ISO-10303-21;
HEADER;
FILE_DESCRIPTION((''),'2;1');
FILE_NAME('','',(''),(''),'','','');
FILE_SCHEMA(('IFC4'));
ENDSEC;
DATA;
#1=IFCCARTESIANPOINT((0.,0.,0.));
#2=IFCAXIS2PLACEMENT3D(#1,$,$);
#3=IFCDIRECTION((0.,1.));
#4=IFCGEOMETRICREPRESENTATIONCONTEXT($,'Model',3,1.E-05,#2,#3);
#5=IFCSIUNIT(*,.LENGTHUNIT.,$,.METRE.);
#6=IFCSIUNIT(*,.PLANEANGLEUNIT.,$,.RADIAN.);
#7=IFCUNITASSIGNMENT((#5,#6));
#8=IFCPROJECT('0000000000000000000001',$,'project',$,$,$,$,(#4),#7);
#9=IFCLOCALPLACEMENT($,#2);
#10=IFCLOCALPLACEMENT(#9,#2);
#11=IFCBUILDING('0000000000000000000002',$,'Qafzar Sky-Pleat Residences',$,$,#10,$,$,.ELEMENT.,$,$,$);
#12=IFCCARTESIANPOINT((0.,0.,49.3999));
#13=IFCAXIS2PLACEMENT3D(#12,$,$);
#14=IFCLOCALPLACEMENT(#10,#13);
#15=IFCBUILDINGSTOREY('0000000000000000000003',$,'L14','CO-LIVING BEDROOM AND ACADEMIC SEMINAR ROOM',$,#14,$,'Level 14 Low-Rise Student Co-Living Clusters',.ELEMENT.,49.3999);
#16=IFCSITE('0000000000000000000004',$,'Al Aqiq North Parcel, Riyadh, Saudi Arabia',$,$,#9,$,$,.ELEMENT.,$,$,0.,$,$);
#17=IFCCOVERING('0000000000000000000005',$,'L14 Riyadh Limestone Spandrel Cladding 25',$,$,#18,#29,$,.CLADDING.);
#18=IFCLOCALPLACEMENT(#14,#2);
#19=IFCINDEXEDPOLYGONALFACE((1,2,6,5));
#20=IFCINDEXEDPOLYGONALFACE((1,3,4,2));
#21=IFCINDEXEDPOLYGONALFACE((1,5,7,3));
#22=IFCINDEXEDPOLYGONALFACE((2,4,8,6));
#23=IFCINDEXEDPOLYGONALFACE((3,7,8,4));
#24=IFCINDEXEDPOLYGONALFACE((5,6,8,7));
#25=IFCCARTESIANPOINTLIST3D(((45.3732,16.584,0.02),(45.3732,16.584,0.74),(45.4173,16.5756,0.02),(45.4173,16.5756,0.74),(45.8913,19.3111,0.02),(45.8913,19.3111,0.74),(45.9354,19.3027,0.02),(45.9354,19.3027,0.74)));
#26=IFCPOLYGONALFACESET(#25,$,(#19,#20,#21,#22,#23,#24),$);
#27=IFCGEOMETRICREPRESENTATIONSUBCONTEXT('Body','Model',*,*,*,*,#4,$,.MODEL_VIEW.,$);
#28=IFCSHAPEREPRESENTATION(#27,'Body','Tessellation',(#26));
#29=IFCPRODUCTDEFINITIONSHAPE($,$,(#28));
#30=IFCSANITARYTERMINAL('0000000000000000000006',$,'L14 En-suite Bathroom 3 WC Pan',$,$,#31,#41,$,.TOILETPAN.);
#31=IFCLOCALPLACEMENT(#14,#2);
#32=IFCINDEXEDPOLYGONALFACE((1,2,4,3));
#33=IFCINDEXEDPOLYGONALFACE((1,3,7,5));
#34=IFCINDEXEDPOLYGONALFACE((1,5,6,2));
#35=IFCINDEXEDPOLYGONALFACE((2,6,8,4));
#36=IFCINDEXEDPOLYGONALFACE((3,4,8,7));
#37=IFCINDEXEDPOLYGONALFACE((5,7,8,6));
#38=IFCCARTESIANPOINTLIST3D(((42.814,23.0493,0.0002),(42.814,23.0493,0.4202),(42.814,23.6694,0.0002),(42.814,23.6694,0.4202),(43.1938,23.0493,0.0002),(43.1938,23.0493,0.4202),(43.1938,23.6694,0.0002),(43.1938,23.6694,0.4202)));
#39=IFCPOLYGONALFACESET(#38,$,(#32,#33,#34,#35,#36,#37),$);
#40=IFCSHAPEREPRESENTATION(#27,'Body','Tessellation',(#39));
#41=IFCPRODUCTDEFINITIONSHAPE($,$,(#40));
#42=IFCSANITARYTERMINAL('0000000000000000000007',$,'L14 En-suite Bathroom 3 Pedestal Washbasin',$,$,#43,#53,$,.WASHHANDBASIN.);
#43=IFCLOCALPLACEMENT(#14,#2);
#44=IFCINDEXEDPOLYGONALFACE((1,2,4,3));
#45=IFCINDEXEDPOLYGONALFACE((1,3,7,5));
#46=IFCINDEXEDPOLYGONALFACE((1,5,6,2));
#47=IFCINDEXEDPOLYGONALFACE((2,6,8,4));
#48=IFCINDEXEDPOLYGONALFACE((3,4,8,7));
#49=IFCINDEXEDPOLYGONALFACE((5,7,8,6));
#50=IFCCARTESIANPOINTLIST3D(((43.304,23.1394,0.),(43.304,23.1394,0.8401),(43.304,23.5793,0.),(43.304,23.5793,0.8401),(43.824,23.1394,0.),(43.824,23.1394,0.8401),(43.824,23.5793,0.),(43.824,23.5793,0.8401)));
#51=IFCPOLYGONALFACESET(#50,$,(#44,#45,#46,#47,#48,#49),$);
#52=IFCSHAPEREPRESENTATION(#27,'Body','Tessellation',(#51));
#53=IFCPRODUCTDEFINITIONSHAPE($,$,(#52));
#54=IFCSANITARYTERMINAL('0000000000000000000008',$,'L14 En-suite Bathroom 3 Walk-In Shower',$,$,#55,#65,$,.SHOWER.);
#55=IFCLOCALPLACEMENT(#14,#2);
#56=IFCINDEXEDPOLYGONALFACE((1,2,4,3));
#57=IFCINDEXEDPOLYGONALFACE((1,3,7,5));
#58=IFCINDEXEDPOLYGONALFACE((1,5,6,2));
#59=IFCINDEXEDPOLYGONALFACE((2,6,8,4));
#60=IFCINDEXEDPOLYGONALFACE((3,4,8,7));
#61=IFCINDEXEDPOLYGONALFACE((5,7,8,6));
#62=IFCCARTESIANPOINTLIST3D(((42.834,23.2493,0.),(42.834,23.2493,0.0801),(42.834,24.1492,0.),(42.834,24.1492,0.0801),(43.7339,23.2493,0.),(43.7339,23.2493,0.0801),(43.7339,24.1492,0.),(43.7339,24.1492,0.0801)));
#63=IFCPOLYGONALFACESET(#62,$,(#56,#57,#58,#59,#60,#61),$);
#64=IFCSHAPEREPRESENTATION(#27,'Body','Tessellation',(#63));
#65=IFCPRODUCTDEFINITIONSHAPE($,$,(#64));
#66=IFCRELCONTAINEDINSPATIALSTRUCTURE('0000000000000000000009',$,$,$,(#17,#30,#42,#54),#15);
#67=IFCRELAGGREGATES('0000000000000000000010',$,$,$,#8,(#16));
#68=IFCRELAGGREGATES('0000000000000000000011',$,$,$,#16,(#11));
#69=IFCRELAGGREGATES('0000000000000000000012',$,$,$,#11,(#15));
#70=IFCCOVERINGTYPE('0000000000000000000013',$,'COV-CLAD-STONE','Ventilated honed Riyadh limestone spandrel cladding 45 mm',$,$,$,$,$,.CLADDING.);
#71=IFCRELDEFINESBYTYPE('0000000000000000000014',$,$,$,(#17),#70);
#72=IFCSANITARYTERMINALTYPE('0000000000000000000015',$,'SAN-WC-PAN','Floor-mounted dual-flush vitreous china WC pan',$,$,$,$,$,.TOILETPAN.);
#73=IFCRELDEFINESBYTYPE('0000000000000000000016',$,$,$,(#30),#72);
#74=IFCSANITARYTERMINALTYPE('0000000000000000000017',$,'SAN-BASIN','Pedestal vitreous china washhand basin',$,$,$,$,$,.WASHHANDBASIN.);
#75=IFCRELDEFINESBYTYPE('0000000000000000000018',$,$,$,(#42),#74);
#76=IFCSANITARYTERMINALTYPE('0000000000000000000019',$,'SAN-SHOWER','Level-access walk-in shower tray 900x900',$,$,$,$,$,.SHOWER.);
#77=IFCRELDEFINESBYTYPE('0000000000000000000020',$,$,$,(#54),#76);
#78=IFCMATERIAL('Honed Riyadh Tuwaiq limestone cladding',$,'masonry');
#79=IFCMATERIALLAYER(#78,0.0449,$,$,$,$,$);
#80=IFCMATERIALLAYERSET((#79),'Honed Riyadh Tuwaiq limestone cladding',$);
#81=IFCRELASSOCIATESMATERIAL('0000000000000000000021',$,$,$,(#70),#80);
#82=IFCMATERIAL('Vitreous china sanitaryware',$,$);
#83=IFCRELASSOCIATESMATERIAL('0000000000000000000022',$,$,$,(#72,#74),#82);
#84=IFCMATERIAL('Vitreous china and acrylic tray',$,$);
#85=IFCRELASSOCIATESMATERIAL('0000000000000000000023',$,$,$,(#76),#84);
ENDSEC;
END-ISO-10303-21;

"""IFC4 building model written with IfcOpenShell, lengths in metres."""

from ifc_helpers import new_model, si_unit, direction, frame, origin, origin_2d, place, context, subcontext, project, spatial, rectangle, extrude, source, transform, mapped, material, layer, layer_set, type_object, element, save


model = new_model("IFC4")

# Units and contexts
model_context = context("Model", 3, precision=1e-05, world=origin(), true_north=direction((0.0, 1.0)))
body_context = subcontext(model_context, "Body", "Model", "MODEL_VIEW")
ifc_project = project(units=[si_unit("LENGTHUNIT", "METRE"), si_unit("PLANEANGLEUNIT", "RADIAN")], contexts=[model_context])

# Site, building, storey
site_placement = place(None, origin())
site = spatial("IfcSite", under=ifc_project, at=site_placement, Name="Al Aqiq North Parcel, Riyadh, Saudi Arabia", CompositionType="ELEMENT", RefElevation=0.0)
building_placement = place(site_placement, origin())
building = spatial("IfcBuilding", under=site, at=building_placement, Name="Qafzar Sky-Pleat Residences", CompositionType="ELEMENT")
storey_placement = place(building_placement, frame((0.0, 0.0, 49.3999)))
storey = spatial("IfcBuildingStorey", under=building, at=storey_placement, Name="L14", Description="CO-LIVING BEDROOM AND ACADEMIC SEMINAR ROOM", LongName="Level 14 Low-Rise Student Co-Living Clusters", CompositionType="ELEMENT", Elevation=49.3999)

# Covering
ifc_material_1 = material(Name="Honed Riyadh Tuwaiq limestone cladding", Category="masonry")
ifc_layer_1 = layer(ifc_material_1, 0.0449)
ifc_layer_set_1 = layer_set([ifc_layer_1], Name="Honed Riyadh Tuwaiq limestone cladding")
covering_type = type_object("IfcCoveringType", Name="COV-CLAD-STONE", Description="Ventilated honed Riyadh limestone spandrel cladding 45 mm", PredefinedType="CLADDING", material=ifc_layer_set_1)
shared_shape_1 = source(origin(), body_context, "Body", "SweptSolid", [
    extrude(rectangle(XDim=2.7759, YDim=0.0449, at=origin_2d()), origin(), (0.0, 0.0, 1.0), 0.72),
])
covering_placement = place(storey_placement, frame((45.6543, 17.9434, 0.02), z_axis=(0.0, 0.0, 1.0), x_axis=(0.186661, 0.982424, 0.0)))
element("IfcCovering", 1, at=covering_placement, inside=storey, type_object=covering_type, Name="L14 Riyadh Limestone Spandrel Cladding 25", PredefinedType="CLADDING", context=body_context, shape_type="MappedRepresentation", body=[
    mapped(shared_shape_1, transform((0.0, 0.0, 0.0), x_axis=(1.0, 0.0, 0.0), y_axis=(0.0, 1.0, 0.0), z_axis=(0.0, 0.0, 1.0), scale=1.0)),
])

# Sanitary terminals
ifc_material_2 = material(Name="Vitreous china sanitaryware")
sanitary_terminal_type_1 = type_object("IfcSanitaryTerminalType", Name="SAN-WC-PAN", Description="Floor-mounted dual-flush vitreous china WC pan", PredefinedType="TOILETPAN", material=ifc_material_2)
shared_shape_2 = source(origin(), body_context, "Body", "SweptSolid", [
    extrude(rectangle(XDim=0.3799, YDim=0.6201, at=origin_2d()), origin(), (0.0, 0.0, 1.0), 0.4199),
])
sanitary_terminal_1_placement = place(storey_placement, frame((43.0039, 23.3594, 0.0002), z_axis=(0.0, 0.0, 1.0), x_axis=(1.0, 0.0, 0.0)))
element("IfcSanitaryTerminal", 2, at=sanitary_terminal_1_placement, inside=storey, type_object=sanitary_terminal_type_1, Name="L14 En-suite Bathroom 3 WC Pan", PredefinedType="TOILETPAN", context=body_context, shape_type="MappedRepresentation", body=[
    mapped(shared_shape_2, transform((0.0, 0.0, 0.0), x_axis=(1.0, 0.0, 0.0), y_axis=(0.0, 1.0, 0.0), z_axis=(0.0, 0.0, 1.0), scale=1.0)),
])
sanitary_terminal_type_2 = type_object("IfcSanitaryTerminalType", Name="SAN-BASIN", Description="Pedestal vitreous china washhand basin", PredefinedType="WASHHANDBASIN", material=ifc_material_2)
shared_shape_3 = source(origin(), body_context, "Body", "SweptSolid", [
    extrude(rectangle(XDim=0.52, YDim=0.4399, at=origin_2d()), origin(), (0.0, 0.0, 1.0), 0.8401),
])
sanitary_terminal_2_placement = place(storey_placement, frame((43.564, 23.3594, 0.0), z_axis=(0.0, 0.0, 1.0), x_axis=(1.0, 0.0, 0.0)))
element("IfcSanitaryTerminal", 3, at=sanitary_terminal_2_placement, inside=storey, type_object=sanitary_terminal_type_2, Name="L14 En-suite Bathroom 3 Pedestal Washbasin", PredefinedType="WASHHANDBASIN", context=body_context, shape_type="MappedRepresentation", body=[
    mapped(shared_shape_3, transform((0.0, 0.0, 0.0), x_axis=(1.0, 0.0, 0.0), y_axis=(0.0, 1.0, 0.0), z_axis=(0.0, 0.0, 1.0), scale=1.0)),
])
ifc_material_3 = material(Name="Vitreous china and acrylic tray")
sanitary_terminal_type_3 = type_object("IfcSanitaryTerminalType", Name="SAN-SHOWER", Description="Level-access walk-in shower tray 900x900", PredefinedType="SHOWER", material=ifc_material_3)
shared_shape_4 = source(origin(), body_context, "Body", "SweptSolid", [
    extrude(rectangle(XDim=0.8999, YDim=0.8999, at=origin_2d()), origin(), (0.0, 0.0, 1.0), 0.0801),
])
sanitary_terminal_3_placement = place(storey_placement, frame((43.2839, 23.6992, 0.0), z_axis=(0.0, 0.0, 1.0), x_axis=(1.0, 0.0, 0.0)))
element("IfcSanitaryTerminal", 4, at=sanitary_terminal_3_placement, inside=storey, type_object=sanitary_terminal_type_3, Name="L14 En-suite Bathroom 3 Walk-In Shower", PredefinedType="SHOWER", context=body_context, shape_type="MappedRepresentation", body=[
    mapped(shared_shape_4, transform((0.0, 0.0, 0.0), x_axis=(1.0, 0.0, 0.0), y_axis=(0.0, 1.0, 0.0), z_axis=(0.0, 0.0, 1.0), scale=1.0)),
])

save(model, "model.ifc")
